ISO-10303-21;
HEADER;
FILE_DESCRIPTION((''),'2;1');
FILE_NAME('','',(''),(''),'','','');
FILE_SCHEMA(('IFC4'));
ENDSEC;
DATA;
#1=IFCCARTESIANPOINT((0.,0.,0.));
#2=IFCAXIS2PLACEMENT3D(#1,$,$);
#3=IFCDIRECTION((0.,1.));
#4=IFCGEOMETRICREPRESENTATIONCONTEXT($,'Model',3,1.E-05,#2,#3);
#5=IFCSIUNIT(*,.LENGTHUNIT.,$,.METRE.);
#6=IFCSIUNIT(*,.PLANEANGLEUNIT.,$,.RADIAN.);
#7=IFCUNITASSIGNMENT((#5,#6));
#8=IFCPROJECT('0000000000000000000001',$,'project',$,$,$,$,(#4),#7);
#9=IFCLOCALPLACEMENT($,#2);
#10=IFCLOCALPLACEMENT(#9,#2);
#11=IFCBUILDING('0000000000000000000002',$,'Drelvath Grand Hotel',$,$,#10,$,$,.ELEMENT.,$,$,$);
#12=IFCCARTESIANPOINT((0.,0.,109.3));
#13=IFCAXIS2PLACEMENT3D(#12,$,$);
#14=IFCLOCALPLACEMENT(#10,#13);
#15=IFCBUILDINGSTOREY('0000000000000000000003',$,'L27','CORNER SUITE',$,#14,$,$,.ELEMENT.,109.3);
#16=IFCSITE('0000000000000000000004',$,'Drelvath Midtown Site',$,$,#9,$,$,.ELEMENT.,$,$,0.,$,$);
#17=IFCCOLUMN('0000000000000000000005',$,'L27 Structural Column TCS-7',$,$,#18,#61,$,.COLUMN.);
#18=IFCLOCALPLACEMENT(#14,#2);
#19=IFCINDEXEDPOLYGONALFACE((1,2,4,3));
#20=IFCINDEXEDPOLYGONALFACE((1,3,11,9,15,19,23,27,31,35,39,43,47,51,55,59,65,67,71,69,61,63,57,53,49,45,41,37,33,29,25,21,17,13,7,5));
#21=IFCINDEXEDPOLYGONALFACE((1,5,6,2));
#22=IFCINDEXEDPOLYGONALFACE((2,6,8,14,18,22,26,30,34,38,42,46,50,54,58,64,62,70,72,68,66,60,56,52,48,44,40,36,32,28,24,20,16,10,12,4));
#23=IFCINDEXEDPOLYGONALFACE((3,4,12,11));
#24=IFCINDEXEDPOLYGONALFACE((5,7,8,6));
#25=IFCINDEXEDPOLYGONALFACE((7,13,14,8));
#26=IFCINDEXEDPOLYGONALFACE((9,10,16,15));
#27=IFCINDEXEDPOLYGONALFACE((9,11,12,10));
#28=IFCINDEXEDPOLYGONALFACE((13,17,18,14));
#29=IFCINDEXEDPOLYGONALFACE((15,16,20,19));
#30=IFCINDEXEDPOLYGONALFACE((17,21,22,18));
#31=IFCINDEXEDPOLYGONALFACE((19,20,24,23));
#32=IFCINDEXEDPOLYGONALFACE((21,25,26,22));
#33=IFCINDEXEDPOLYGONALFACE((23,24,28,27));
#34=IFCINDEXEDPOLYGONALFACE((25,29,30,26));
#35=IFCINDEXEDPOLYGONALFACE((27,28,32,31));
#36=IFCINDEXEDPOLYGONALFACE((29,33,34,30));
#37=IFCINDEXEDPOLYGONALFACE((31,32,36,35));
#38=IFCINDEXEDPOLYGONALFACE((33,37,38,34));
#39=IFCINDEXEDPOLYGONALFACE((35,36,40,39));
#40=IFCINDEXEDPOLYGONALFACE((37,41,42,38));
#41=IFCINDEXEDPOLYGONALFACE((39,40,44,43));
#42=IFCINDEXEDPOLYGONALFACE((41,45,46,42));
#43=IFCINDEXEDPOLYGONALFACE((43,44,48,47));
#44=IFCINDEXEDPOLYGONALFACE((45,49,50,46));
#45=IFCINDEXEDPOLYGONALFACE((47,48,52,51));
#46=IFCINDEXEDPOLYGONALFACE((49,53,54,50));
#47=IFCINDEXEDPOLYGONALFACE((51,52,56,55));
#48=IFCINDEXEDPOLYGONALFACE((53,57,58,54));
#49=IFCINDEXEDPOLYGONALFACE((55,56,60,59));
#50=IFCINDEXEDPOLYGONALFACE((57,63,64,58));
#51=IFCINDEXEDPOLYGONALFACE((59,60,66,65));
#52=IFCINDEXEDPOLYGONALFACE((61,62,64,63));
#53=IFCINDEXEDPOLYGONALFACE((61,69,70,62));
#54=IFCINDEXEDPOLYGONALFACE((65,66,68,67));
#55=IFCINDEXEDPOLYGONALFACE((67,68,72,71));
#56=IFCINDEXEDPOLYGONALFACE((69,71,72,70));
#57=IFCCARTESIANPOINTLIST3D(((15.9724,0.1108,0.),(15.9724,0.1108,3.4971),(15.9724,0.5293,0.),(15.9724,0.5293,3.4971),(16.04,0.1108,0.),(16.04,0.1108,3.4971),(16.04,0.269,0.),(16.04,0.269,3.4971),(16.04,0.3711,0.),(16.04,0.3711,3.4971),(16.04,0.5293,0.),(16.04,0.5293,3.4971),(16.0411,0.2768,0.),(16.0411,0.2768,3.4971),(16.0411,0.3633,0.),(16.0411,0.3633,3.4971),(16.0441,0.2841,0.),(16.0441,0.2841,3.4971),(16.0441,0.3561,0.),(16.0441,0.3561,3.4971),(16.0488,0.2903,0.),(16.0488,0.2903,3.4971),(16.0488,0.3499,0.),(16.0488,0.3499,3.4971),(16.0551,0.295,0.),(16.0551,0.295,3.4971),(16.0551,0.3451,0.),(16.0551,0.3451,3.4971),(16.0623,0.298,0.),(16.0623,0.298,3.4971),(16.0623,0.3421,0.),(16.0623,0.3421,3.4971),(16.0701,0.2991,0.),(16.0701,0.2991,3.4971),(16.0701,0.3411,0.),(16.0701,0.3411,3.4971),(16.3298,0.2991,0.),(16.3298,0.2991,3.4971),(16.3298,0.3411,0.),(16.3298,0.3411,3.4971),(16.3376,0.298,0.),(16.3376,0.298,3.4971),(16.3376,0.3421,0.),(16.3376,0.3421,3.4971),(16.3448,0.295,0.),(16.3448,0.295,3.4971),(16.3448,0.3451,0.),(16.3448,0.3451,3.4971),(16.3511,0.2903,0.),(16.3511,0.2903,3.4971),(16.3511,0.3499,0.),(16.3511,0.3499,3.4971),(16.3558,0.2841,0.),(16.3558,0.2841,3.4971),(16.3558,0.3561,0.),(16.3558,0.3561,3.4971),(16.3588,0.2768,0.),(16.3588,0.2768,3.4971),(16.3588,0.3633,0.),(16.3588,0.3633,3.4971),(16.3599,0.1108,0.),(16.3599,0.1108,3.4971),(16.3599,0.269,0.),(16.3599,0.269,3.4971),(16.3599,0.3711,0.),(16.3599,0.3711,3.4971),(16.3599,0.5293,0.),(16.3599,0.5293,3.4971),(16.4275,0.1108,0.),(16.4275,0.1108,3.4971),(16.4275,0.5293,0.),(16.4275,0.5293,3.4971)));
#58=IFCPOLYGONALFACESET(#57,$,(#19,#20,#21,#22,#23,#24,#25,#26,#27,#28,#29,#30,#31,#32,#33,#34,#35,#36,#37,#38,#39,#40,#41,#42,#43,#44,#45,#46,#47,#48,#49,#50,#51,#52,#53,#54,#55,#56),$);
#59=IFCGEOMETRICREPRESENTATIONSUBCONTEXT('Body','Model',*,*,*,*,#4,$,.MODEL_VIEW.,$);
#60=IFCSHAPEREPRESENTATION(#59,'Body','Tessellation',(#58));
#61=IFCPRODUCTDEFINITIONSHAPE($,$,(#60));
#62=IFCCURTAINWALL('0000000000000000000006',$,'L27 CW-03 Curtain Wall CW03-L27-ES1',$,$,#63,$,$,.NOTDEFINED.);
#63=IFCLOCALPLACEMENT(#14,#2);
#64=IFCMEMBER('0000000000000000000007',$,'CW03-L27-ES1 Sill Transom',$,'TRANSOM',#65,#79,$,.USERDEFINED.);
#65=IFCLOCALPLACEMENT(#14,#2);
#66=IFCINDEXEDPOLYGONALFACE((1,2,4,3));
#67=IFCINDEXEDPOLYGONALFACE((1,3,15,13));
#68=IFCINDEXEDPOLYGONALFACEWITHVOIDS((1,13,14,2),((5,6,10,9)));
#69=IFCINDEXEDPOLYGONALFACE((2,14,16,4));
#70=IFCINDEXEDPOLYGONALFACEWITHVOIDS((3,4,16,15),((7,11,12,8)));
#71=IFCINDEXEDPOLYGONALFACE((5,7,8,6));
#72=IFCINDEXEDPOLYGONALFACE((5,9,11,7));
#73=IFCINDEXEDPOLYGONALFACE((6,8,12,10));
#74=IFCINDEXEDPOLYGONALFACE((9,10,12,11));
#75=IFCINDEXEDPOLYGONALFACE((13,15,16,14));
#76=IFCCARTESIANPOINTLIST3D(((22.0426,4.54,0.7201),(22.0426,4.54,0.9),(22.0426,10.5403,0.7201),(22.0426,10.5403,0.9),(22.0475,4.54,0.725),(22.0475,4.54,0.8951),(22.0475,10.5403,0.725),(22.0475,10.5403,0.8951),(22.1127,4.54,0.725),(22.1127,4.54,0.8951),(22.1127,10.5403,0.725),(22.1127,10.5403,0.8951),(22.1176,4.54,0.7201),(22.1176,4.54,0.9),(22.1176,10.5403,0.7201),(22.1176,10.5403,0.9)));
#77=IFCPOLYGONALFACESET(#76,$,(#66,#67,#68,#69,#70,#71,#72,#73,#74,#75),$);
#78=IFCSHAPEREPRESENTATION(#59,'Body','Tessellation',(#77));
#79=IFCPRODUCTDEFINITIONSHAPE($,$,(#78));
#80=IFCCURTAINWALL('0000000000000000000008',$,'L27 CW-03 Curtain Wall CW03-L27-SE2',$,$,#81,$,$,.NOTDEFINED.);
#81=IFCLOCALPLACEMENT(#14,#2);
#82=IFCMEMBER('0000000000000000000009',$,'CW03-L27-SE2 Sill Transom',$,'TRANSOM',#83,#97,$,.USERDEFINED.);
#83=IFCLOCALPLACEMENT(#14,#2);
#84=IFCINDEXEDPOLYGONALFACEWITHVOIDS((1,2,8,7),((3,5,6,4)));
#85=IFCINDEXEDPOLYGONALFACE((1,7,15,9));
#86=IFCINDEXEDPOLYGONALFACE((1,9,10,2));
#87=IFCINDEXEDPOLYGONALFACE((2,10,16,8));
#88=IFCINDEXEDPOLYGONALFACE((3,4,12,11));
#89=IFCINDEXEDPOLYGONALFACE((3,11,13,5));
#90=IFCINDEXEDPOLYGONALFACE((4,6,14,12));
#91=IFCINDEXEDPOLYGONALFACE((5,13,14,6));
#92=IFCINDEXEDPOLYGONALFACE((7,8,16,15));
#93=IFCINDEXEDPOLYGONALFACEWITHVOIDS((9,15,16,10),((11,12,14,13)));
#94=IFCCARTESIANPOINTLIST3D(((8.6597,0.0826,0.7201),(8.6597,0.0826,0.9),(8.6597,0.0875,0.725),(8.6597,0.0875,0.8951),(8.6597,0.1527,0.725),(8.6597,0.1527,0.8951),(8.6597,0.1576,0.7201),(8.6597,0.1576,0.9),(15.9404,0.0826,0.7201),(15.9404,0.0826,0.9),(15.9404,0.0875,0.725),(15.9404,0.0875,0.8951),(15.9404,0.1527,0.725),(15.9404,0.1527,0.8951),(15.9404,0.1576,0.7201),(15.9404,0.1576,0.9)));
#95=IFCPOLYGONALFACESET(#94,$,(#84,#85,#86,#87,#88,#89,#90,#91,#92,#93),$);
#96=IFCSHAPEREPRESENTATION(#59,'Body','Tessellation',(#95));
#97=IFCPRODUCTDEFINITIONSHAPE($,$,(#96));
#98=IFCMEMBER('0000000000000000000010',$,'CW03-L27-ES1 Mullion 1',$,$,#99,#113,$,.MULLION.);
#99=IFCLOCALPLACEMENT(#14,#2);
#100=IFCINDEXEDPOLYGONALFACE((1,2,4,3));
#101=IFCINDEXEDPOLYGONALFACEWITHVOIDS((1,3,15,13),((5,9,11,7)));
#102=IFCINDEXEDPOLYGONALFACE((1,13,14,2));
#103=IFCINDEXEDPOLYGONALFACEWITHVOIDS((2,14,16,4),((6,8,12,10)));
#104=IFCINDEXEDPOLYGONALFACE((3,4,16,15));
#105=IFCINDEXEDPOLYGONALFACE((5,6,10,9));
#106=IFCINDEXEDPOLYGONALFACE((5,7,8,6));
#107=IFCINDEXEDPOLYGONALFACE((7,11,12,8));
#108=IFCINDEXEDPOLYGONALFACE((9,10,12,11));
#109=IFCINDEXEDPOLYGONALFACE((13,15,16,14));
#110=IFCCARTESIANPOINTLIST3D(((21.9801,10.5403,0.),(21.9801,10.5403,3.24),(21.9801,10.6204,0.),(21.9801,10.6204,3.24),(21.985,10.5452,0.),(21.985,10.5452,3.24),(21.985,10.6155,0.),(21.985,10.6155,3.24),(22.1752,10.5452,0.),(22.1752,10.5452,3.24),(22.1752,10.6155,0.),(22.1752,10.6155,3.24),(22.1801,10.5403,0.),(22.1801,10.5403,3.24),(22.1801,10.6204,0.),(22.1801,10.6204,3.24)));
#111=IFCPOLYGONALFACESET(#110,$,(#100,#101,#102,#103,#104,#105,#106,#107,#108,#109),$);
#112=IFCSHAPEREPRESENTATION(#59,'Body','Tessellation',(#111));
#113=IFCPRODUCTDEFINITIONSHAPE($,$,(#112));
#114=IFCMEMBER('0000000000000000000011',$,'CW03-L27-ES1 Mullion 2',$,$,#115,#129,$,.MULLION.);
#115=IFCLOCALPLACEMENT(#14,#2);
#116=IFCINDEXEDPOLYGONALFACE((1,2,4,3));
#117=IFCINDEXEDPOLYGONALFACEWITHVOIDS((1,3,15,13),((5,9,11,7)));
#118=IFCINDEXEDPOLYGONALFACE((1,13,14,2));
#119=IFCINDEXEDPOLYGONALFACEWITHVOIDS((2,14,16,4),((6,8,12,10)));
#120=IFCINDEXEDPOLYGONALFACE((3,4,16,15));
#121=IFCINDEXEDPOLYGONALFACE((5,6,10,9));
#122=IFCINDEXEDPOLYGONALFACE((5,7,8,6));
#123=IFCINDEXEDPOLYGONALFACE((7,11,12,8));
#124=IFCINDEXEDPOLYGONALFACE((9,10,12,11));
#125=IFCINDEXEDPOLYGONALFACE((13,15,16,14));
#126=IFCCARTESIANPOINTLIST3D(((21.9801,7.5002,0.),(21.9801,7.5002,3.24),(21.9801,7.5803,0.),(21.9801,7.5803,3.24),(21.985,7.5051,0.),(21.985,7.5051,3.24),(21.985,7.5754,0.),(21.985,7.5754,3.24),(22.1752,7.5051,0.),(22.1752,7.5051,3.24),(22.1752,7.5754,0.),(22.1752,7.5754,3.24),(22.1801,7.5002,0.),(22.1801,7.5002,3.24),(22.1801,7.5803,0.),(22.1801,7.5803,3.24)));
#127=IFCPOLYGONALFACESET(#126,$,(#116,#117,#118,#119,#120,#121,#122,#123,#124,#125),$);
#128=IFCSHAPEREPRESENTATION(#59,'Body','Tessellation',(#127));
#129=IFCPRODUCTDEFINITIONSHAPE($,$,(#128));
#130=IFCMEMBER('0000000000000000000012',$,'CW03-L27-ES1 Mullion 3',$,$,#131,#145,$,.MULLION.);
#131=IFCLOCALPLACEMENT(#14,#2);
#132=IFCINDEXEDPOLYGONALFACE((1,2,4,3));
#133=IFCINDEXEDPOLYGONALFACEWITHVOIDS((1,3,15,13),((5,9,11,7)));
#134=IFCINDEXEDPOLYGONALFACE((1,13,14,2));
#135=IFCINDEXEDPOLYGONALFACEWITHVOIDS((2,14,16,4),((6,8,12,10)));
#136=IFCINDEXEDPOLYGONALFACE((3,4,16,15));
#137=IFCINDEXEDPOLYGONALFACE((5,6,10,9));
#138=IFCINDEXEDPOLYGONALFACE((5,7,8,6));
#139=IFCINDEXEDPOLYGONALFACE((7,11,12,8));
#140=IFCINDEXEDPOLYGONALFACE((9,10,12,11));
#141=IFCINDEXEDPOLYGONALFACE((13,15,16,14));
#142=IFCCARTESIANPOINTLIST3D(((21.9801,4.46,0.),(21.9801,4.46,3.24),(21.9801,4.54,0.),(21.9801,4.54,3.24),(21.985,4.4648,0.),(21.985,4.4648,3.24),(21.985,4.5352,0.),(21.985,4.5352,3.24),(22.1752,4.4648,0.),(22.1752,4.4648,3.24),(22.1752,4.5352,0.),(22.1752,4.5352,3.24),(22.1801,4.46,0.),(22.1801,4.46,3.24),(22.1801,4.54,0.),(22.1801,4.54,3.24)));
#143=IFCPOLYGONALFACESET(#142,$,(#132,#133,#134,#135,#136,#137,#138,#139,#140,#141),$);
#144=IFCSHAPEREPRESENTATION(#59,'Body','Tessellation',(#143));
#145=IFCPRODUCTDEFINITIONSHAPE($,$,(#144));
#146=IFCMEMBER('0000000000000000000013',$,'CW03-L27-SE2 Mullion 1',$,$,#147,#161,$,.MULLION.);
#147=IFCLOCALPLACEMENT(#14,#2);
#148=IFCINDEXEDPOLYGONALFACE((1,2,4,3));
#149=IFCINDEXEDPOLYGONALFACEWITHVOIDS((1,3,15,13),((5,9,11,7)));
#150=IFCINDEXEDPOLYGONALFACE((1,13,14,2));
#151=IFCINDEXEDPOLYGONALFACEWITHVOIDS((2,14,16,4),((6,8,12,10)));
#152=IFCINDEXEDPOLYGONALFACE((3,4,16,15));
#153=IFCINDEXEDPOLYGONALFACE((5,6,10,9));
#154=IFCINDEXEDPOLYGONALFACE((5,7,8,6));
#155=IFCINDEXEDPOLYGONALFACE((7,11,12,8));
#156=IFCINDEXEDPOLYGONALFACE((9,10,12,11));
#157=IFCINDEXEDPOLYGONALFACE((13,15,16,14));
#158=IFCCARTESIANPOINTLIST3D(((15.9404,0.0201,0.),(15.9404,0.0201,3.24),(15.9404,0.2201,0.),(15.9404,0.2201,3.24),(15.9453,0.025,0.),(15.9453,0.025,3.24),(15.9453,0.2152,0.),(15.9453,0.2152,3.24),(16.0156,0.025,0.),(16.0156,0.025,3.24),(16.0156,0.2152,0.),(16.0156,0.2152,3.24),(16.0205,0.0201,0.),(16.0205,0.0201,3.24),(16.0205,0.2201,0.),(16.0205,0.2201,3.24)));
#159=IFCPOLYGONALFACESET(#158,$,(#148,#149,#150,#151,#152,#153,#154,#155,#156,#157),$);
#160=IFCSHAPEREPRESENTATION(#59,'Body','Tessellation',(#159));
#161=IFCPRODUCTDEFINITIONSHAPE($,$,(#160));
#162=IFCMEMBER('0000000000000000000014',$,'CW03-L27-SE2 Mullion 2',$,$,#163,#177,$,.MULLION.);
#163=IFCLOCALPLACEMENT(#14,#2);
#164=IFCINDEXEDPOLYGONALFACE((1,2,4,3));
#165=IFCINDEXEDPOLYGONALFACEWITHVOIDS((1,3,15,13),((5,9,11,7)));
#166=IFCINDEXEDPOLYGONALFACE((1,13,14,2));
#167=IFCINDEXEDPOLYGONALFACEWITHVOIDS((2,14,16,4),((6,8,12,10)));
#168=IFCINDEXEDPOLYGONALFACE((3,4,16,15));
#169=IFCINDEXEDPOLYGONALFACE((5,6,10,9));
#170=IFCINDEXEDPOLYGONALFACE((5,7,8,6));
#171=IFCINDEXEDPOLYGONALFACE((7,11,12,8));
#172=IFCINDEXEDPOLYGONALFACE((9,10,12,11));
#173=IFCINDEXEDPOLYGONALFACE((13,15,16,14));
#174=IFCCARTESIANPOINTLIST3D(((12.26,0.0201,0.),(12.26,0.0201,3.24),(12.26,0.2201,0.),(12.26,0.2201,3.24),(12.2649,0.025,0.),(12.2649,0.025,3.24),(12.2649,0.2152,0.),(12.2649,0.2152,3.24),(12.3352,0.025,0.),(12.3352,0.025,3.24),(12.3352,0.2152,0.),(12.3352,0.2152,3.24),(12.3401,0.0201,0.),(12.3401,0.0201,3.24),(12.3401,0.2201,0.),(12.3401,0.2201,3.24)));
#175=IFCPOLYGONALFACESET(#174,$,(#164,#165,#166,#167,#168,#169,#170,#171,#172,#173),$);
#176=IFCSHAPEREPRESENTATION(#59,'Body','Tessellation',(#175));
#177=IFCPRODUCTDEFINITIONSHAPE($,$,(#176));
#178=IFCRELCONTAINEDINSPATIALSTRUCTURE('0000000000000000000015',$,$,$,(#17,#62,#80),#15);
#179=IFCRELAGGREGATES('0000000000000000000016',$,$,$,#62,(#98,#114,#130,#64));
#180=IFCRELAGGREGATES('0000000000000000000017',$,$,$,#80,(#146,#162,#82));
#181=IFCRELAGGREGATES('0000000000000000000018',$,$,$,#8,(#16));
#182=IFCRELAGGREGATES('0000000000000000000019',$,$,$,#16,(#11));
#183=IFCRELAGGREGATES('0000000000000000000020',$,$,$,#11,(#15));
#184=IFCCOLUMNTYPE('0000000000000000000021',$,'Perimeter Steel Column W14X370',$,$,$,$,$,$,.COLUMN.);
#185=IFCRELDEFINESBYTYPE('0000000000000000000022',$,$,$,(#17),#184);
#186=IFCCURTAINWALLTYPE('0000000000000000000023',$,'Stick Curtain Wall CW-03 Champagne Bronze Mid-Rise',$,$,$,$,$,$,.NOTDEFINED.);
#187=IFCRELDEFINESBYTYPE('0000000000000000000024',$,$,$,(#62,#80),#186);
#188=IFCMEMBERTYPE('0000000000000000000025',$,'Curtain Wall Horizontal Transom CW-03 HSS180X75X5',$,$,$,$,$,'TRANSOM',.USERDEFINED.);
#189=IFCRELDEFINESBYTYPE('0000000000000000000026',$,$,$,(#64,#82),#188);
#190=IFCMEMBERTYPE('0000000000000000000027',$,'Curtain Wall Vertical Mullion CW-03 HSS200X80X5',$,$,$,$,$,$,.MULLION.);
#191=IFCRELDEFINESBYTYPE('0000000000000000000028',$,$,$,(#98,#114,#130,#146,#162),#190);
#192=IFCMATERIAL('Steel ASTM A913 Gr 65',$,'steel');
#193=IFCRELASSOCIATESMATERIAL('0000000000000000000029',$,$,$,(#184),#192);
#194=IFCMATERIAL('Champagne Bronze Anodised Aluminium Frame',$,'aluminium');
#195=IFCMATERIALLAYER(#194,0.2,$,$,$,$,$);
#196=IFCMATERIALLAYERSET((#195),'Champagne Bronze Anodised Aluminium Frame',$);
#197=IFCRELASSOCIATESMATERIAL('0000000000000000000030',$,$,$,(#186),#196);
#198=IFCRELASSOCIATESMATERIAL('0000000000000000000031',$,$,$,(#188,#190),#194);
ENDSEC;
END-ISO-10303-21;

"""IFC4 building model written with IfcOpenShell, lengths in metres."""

from ifc_helpers import new_model, si_unit, direction, frame, origin, origin_2d, place, context, subcontext, project, spatial, hollow_rectangle, i_section, extrude, material, layer, layer_set, material_profile, profile_set, type_object, element, aggregate, save


model = new_model("IFC4")

# Units and contexts
model_context = context("Model", 3, precision=1e-05, world=origin(), true_north=direction((0.0, 1.0)))
body_context = subcontext(model_context, "Body", "Model", "MODEL_VIEW")
ifc_project = project(units=[si_unit("LENGTHUNIT", "METRE"), si_unit("PLANEANGLEUNIT", "RADIAN")], contexts=[model_context])

# Site, building, storey
site_placement = place(None, origin())
site = spatial("IfcSite", under=ifc_project, at=site_placement, Name="Drelvath Midtown Site", CompositionType="ELEMENT", RefElevation=0.0)
building_placement = place(site_placement, origin())
building = spatial("IfcBuilding", under=site, at=building_placement, Name="Drelvath Grand Hotel", CompositionType="ELEMENT")
storey_placement = place(building_placement, frame((0.0, 0.0, 109.3)))
storey = spatial("IfcBuildingStorey", under=building, at=storey_placement, Name="L27", Description="CORNER SUITE", CompositionType="ELEMENT", Elevation=109.3)

# Column
ifc_material_1 = material(Name="Steel ASTM A913 Gr 65", Category="steel")
ifc_material_profile_1 = material_profile(ifc_material_1, i_section(OverallWidth=0.4185, OverallDepth=0.4551, WebThickness=0.042, FlangeThickness=0.0676, FilletRadius=0.03, at=origin_2d()), Name="W14X370")
ifc_profile_set_1 = profile_set([ifc_material_profile_1], Name="Steel ASTM A913 Gr 65")
column_type = type_object("IfcColumnType", Name="Perimeter Steel Column W14X370", PredefinedType="COLUMN", material=ifc_profile_set_1)
column_placement = place(storey_placement, frame((16.2, 0.3201, 0.0), z_axis=(0.0, 0.0, 1.0), x_axis=(0.0, 1.0, 0.0)))
element("IfcColumn", 1, at=column_placement, inside=storey, type_object=column_type, Name="L27 Structural Column TCS-7", PredefinedType="COLUMN", context=body_context, shape_type="SweptSolid", body=[
    extrude(i_section(OverallWidth=0.4185, OverallDepth=0.4551, WebThickness=0.042, FlangeThickness=0.0676, FilletRadius=0.03, at=origin_2d()), origin(), (0.0, 0.0, 1.0), 3.4971),
])

# Curtain walls, members
ifc_material_2 = material(Name="Champagne Bronze Anodised Aluminium Frame", Category="aluminium")
ifc_layer_1 = layer(ifc_material_2, 0.2)
ifc_layer_set_1 = layer_set([ifc_layer_1], Name="Champagne Bronze Anodised Aluminium Frame")
curtain_wall_type = type_object("IfcCurtainWallType", Name="Stick Curtain Wall CW-03 Champagne Bronze Mid-Rise", PredefinedType="NOTDEFINED", material=ifc_layer_set_1)
curtain_wall_1_placement = place(storey_placement, origin())
curtain_wall_1 = element("IfcCurtainWall", 2, at=curtain_wall_1_placement, inside=storey, type_object=curtain_wall_type, Name="L27 CW-03 Curtain Wall CW03-L27-ES1", PredefinedType="NOTDEFINED")
ifc_material_profile_2 = material_profile(ifc_material_2, hollow_rectangle(XDim=0.075, YDim=0.1799, WallThickness=0.0049, at=origin_2d()), Name="HSS180X75X5")
ifc_profile_set_2 = profile_set([ifc_material_profile_2], Name="Champagne Bronze Anodised Aluminium Frame")
member_type_1 = type_object("IfcMemberType", Name="Curtain Wall Horizontal Transom CW-03 HSS180X75X5", ElementType="TRANSOM", PredefinedType="USERDEFINED", material=ifc_profile_set_2)
member_1_placement = place(storey_placement, frame((22.0801, 10.5403, 0.8101), z_axis=(0.0, -1.0, 0.0), x_axis=(1.0, 0.0, 0.0)))
member_1 = element("IfcMember", 3, at=member_1_placement, type_object=member_type_1, Name="CW03-L27-ES1 Sill Transom", ObjectType="TRANSOM", PredefinedType="USERDEFINED", context=body_context, shape_type="SweptSolid", body=[
    extrude(hollow_rectangle(XDim=0.075, YDim=0.1799, WallThickness=0.0049, at=origin_2d()), origin(), (0.0, 0.0, 1.0), 6.0002),
])
curtain_wall_2_placement = place(storey_placement, origin())
curtain_wall_2 = element("IfcCurtainWall", 4, at=curtain_wall_2_placement, inside=storey, type_object=curtain_wall_type, Name="L27 CW-03 Curtain Wall CW03-L27-SE2", PredefinedType="NOTDEFINED")
member_2_placement = place(storey_placement, frame((15.9404, 0.1201, 0.8101), z_axis=(-1.0, 0.0, 0.0), x_axis=(0.0, -1.0, 0.0)))
member_2 = element("IfcMember", 5, at=member_2_placement, type_object=member_type_1, Name="CW03-L27-SE2 Sill Transom", ObjectType="TRANSOM", PredefinedType="USERDEFINED", context=body_context, shape_type="SweptSolid", body=[
    extrude(hollow_rectangle(XDim=0.075, YDim=0.1799, WallThickness=0.0049, at=origin_2d()), origin(), (0.0, 0.0, 1.0), 7.2808),
])

# Members
ifc_material_profile_3 = material_profile(ifc_material_2, hollow_rectangle(XDim=0.0801, YDim=0.2, WallThickness=0.0049, at=origin_2d()), Name="HSS200X80X5")
ifc_profile_set_3 = profile_set([ifc_material_profile_3], Name="Champagne Bronze Anodised Aluminium Frame")
member_type_2 = type_object("IfcMemberType", Name="Curtain Wall Vertical Mullion CW-03 HSS200X80X5", PredefinedType="MULLION", material=ifc_profile_set_3)
member_3_placement = place(storey_placement, frame((22.0801, 10.5803, 0.0), z_axis=(0.0, 0.0, 1.0), x_axis=(0.0, 1.0, 0.0)))
member_3 = element("IfcMember", 6, at=member_3_placement, type_object=member_type_2, Name="CW03-L27-ES1 Mullion 1", PredefinedType="MULLION", context=body_context, shape_type="SweptSolid", body=[
    extrude(hollow_rectangle(XDim=0.0801, YDim=0.2, WallThickness=0.0049, at=origin_2d()), origin(), (0.0, 0.0, 1.0), 3.24),
])
member_4_placement = place(storey_placement, frame((22.0801, 7.5403, 0.0), z_axis=(0.0, 0.0, 1.0), x_axis=(0.0, 1.0, 0.0)))
member_4 = element("IfcMember", 7, at=member_4_placement, type_object=member_type_2, Name="CW03-L27-ES1 Mullion 2", PredefinedType="MULLION", context=body_context, shape_type="SweptSolid", body=[
    extrude(hollow_rectangle(XDim=0.0801, YDim=0.2, WallThickness=0.0049, at=origin_2d()), origin(), (0.0, 0.0, 1.0), 3.24),
])
member_5_placement = place(storey_placement, frame((22.0801, 4.5, 0.0), z_axis=(0.0, 0.0, 1.0), x_axis=(0.0, 1.0, 0.0)))
member_5 = element("IfcMember", 8, at=member_5_placement, type_object=member_type_2, Name="CW03-L27-ES1 Mullion 3", PredefinedType="MULLION", context=body_context, shape_type="SweptSolid", body=[
    extrude(hollow_rectangle(XDim=0.0801, YDim=0.2, WallThickness=0.0049, at=origin_2d()), origin(), (0.0, 0.0, 1.0), 3.24),
])
member_6_placement = place(storey_placement, frame((15.9805, 0.1201, 0.0), z_axis=(0.0, 0.0, 1.0), x_axis=(1.0, 0.0, 0.0)))
member_6 = element("IfcMember", 9, at=member_6_placement, type_object=member_type_2, Name="CW03-L27-SE2 Mullion 1", PredefinedType="MULLION", context=body_context, shape_type="SweptSolid", body=[
    extrude(hollow_rectangle(XDim=0.0801, YDim=0.2, WallThickness=0.0049, at=origin_2d()), origin(), (0.0, 0.0, 1.0), 3.24),
])
member_7_placement = place(storey_placement, frame((12.3, 0.1201, 0.0), z_axis=(0.0, 0.0, 1.0), x_axis=(1.0, 0.0, 0.0)))
member_7 = element("IfcMember", 10, at=member_7_placement, type_object=member_type_2, Name="CW03-L27-SE2 Mullion 2", PredefinedType="MULLION", context=body_context, shape_type="SweptSolid", body=[
    extrude(hollow_rectangle(XDim=0.0801, YDim=0.2, WallThickness=0.0049, at=origin_2d()), origin(), (0.0, 0.0, 1.0), 3.24),
])

aggregate(curtain_wall_1, [member_3, member_4, member_5, member_1])
aggregate(curtain_wall_2, [member_6, member_7, member_2])

save(model, "model.ifc")
